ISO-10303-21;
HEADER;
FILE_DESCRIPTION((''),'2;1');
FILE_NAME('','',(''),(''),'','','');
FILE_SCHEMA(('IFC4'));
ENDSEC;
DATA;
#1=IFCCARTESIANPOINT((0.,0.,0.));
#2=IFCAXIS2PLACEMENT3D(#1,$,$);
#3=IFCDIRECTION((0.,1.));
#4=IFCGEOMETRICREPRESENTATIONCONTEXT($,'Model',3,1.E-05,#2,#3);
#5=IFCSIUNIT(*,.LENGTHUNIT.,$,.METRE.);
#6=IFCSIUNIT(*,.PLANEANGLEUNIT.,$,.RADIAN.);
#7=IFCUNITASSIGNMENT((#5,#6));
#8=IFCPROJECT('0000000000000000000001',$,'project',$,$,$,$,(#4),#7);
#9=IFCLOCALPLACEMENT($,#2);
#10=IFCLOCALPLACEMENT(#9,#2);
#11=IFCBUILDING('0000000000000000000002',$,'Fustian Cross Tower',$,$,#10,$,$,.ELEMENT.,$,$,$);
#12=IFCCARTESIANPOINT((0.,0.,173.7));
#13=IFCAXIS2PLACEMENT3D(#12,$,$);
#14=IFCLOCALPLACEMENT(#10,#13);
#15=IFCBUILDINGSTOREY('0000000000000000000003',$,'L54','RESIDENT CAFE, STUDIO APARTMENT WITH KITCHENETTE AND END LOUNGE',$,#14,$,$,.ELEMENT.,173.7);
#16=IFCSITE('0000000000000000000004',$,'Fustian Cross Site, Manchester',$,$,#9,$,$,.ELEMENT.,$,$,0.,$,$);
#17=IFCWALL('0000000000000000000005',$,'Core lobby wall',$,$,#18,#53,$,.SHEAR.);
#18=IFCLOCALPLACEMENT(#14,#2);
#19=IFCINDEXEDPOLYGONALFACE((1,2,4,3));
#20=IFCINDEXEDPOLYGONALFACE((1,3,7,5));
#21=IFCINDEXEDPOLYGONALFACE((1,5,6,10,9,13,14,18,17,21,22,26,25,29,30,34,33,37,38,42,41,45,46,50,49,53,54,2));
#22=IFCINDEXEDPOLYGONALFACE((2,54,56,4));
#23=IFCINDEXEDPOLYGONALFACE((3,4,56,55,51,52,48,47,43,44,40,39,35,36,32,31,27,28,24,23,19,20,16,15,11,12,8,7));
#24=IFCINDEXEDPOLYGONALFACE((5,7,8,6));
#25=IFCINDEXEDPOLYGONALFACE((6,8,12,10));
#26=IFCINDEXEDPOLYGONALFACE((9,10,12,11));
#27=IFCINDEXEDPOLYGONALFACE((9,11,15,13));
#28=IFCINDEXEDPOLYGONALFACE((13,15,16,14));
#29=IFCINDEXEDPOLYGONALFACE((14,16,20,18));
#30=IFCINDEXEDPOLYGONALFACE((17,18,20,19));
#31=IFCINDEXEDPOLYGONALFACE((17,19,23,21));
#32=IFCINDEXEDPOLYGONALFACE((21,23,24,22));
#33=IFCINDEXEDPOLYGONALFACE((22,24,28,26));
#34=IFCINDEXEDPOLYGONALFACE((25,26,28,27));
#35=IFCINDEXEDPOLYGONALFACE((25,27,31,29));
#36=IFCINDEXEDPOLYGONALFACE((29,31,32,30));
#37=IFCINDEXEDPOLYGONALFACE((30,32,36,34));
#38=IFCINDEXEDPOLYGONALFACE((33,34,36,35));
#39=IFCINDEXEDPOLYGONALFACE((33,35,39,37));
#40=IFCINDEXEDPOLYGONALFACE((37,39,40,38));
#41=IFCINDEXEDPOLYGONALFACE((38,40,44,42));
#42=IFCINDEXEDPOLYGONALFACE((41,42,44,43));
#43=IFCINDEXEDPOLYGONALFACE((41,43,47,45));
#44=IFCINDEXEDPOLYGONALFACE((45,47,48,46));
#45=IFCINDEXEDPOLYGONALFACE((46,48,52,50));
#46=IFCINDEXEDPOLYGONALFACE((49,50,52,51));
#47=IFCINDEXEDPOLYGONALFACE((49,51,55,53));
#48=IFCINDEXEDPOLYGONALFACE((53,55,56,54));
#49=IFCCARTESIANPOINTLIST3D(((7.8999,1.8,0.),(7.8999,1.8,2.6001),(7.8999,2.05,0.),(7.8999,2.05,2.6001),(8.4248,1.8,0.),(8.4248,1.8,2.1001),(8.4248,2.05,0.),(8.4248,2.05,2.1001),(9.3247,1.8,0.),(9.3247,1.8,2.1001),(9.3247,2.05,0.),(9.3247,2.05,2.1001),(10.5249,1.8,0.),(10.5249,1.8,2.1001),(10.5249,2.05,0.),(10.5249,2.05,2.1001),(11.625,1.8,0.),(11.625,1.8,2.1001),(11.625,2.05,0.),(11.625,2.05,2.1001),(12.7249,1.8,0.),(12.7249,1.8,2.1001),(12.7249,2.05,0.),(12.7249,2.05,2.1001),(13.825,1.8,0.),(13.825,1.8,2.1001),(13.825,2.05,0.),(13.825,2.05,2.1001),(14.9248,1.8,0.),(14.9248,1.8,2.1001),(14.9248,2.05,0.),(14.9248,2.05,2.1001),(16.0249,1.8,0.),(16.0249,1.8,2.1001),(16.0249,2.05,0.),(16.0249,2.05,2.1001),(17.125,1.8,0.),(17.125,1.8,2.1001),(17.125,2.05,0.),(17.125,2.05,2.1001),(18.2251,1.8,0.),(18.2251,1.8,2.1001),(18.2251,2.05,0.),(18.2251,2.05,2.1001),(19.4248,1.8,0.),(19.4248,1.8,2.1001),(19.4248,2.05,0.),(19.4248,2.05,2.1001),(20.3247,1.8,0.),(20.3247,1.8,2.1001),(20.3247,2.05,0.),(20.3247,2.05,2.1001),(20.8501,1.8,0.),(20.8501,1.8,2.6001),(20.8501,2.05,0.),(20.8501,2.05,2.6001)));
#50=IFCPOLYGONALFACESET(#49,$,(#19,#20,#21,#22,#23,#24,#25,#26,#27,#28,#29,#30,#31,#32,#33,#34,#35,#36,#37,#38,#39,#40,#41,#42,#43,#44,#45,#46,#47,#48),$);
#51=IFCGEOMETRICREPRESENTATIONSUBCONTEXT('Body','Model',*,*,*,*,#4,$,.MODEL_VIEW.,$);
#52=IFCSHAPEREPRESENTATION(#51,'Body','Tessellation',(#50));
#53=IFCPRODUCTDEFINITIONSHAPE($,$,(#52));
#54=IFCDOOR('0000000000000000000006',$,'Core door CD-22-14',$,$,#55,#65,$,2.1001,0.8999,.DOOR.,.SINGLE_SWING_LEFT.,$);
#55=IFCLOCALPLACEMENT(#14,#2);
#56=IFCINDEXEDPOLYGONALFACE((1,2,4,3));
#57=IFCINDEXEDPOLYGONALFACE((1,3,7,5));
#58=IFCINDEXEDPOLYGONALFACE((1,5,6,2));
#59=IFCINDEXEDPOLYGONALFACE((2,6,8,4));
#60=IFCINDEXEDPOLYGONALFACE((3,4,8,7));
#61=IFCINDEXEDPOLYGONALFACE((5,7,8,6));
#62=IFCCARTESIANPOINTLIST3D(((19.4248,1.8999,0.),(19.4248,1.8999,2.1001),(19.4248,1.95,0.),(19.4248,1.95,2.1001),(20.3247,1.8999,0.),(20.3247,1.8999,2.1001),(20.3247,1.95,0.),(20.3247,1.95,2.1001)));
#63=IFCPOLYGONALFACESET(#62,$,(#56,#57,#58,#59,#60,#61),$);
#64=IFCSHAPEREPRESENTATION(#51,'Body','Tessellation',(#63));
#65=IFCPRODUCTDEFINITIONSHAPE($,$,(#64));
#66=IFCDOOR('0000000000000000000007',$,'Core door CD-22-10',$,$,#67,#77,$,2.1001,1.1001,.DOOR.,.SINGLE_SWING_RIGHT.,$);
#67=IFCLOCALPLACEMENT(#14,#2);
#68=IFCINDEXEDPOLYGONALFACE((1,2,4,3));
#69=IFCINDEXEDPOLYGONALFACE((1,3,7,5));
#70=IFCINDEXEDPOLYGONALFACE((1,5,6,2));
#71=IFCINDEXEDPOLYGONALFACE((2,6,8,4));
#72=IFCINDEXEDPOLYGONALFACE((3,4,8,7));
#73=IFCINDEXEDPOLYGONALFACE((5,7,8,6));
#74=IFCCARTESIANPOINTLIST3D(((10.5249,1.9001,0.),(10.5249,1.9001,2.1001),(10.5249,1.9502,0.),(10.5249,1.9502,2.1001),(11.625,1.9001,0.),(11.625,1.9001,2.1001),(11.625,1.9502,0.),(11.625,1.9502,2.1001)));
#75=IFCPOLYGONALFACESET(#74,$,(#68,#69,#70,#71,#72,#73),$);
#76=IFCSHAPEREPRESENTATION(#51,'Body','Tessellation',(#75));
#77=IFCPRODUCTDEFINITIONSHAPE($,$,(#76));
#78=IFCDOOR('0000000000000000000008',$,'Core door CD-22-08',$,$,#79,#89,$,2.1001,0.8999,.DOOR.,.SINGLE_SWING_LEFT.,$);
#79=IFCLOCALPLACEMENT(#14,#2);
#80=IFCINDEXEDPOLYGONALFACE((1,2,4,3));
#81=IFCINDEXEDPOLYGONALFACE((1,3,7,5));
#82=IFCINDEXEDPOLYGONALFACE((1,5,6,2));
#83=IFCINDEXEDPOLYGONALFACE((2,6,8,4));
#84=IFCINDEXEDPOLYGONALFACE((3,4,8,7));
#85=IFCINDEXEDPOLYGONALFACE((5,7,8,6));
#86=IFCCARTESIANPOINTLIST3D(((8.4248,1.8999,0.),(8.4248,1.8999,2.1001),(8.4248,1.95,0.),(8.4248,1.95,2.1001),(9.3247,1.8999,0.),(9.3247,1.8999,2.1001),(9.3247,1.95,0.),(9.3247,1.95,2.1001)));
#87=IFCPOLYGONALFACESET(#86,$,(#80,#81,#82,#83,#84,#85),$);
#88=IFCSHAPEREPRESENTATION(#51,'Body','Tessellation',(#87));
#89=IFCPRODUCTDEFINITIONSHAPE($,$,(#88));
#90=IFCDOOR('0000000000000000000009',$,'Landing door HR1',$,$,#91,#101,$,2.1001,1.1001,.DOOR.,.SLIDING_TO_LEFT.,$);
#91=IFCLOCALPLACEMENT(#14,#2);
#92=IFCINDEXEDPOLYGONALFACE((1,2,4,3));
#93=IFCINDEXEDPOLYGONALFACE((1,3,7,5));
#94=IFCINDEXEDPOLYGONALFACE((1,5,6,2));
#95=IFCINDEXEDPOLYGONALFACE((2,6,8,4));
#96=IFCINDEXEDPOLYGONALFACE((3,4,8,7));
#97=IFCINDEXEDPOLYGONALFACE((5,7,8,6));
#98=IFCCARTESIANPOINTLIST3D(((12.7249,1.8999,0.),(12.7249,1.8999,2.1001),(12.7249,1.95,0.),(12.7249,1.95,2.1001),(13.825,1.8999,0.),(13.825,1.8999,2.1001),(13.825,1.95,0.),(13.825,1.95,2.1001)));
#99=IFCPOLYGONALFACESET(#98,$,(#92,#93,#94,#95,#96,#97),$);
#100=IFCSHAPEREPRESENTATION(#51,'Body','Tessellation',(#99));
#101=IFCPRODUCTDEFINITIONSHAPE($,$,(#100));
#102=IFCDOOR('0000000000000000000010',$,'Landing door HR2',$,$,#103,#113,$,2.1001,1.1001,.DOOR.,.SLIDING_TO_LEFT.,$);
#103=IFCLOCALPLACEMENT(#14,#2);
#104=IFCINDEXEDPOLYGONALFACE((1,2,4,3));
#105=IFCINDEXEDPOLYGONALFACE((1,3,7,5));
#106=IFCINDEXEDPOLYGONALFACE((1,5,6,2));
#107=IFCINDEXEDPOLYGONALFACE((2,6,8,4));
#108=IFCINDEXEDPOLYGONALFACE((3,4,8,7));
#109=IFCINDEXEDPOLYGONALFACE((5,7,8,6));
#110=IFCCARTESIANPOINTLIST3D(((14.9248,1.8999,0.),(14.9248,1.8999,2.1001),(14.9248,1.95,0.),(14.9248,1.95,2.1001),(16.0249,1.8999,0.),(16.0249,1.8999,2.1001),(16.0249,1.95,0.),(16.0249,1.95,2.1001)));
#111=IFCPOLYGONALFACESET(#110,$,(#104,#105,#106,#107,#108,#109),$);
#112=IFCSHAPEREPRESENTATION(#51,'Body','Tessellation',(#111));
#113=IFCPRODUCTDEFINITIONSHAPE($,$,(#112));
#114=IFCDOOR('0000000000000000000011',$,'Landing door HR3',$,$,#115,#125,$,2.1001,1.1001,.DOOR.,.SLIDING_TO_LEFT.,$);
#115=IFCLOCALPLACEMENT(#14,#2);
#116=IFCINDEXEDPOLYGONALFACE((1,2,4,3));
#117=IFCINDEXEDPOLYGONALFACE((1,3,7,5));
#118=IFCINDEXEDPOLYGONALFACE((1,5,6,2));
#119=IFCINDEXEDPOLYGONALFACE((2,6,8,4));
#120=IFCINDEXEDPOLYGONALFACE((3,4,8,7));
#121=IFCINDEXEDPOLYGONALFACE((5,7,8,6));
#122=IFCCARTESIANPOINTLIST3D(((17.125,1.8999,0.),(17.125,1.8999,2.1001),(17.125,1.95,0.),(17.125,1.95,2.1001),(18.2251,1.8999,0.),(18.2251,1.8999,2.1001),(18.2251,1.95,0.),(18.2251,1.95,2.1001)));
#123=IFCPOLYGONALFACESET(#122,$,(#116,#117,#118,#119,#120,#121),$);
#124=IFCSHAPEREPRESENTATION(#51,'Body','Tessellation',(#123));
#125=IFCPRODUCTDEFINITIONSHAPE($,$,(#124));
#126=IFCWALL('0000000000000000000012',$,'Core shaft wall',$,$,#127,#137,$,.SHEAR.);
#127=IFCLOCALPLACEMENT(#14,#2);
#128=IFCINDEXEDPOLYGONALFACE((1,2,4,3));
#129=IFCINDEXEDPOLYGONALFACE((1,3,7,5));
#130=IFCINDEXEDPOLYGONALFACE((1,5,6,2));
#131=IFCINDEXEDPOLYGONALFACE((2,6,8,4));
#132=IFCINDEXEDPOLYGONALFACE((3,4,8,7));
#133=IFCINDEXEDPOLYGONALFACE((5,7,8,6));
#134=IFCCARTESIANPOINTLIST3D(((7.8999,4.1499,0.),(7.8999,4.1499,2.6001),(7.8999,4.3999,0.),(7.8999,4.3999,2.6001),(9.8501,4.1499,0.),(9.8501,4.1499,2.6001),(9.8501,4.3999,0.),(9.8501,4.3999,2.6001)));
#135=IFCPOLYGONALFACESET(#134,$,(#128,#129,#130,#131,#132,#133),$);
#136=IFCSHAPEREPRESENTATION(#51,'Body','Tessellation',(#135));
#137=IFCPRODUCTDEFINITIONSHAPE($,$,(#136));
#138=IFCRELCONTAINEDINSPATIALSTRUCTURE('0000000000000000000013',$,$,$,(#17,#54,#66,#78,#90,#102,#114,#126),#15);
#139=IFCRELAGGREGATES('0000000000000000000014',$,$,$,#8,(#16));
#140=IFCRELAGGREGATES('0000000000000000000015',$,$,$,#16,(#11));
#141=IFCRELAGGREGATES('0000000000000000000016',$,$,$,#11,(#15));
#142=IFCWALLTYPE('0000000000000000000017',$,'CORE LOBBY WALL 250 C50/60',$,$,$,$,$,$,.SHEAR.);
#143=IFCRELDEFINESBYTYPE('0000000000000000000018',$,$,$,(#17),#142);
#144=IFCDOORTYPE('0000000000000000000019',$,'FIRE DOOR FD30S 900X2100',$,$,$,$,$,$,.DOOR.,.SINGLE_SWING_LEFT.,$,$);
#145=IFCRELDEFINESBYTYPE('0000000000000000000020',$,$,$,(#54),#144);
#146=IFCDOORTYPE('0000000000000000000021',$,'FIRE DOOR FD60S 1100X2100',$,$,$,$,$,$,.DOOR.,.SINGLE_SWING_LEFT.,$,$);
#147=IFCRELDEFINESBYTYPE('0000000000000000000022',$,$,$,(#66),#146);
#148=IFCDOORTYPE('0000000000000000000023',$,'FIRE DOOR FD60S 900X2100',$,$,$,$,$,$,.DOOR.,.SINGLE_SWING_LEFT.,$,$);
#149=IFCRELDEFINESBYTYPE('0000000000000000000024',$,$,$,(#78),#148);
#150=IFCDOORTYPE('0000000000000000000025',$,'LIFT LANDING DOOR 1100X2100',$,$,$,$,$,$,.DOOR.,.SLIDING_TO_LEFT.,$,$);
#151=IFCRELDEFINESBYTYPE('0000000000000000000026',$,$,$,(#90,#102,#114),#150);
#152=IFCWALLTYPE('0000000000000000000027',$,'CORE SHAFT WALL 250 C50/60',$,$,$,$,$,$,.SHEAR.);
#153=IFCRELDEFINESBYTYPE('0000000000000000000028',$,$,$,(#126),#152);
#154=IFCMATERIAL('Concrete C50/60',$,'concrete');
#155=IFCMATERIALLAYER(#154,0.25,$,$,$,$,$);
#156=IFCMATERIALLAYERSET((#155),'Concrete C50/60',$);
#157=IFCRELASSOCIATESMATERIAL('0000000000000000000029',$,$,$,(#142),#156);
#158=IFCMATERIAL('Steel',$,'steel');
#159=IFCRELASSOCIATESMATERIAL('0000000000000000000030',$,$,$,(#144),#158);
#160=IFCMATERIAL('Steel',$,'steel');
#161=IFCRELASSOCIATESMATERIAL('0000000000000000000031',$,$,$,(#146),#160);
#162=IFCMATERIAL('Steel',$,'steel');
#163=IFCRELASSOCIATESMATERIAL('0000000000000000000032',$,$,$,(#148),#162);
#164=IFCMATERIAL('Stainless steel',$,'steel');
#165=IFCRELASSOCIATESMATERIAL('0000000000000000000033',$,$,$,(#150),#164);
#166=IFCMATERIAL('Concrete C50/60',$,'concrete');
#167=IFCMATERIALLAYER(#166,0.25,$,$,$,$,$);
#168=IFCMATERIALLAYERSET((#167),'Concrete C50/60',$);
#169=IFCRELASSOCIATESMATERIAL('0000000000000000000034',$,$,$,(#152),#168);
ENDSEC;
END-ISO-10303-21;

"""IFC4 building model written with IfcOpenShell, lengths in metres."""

from ifc_helpers import new_model, si_unit, direction, frame, frame_2d, origin, place, context, subcontext, project, spatial, rectangle, extrude, material, layer, layer_set, type_object, element, fill, save


model = new_model("IFC4")

# Units and contexts
model_context = context("Model", 3, precision=1e-05, world=origin(), true_north=direction((0.0, 1.0)))
body_context = subcontext(model_context, "Body", "Model", "MODEL_VIEW")
ifc_project = project(units=[si_unit("LENGTHUNIT", "METRE"), si_unit("PLANEANGLEUNIT", "RADIAN")], contexts=[model_context])

# Site, building, storey
site_placement = place(None, origin())
site = spatial("IfcSite", under=ifc_project, at=site_placement, Name="Fustian Cross Site, Manchester", CompositionType="ELEMENT", RefElevation=0.0)
building_placement = place(site_placement, origin())
building = spatial("IfcBuilding", under=site, at=building_placement, Name="Fustian Cross Tower", CompositionType="ELEMENT")
storey_placement = place(building_placement, frame((0.0, 0.0, 173.7)))
storey = spatial("IfcBuildingStorey", under=building, at=storey_placement, Name="L54", Description="RESIDENT CAFE, STUDIO APARTMENT WITH KITCHENETTE AND END LOUNGE", CompositionType="ELEMENT", Elevation=173.7)

# Wall, openings, doors
ifc_material_1 = material(Name="Concrete C50/60", Category="concrete")
ifc_layer_1 = layer(ifc_material_1, 0.25)
ifc_layer_set_1 = layer_set([ifc_layer_1], Name="Concrete C50/60")
wall_type_1 = type_object("IfcWallType", Name="CORE LOBBY WALL 250 C50/60", PredefinedType="SHEAR", material=ifc_layer_set_1)
wall_1_placement = place(storey_placement, frame((7.8999, 1.925, 0.0), z_axis=(0.0, 0.0, 1.0), x_axis=(1.0, 0.0, 0.0)))
wall_1 = element("IfcWall", 1, at=wall_1_placement, inside=storey, type_object=wall_type_1, Name="Core lobby wall", PredefinedType="SHEAR", context=body_context, shape_type="SweptSolid", body=[
    extrude(rectangle(XDim=12.9502, YDim=0.25, at=frame_2d((6.4751, 0.0))), origin(), (0.0, 0.0, 1.0), 2.6001),
])
opening_1_placement = place(wall_1_placement, frame((4.825, 0.0, 0.0)))
opening_1 = element("IfcOpeningElement", 2, at=opening_1_placement, cuts=wall_1, PredefinedType="OPENING", context=body_context, shape_type="SweptSolid", body=[
    extrude(rectangle(XDim=1.1001, YDim=2.1001, at=frame_2d((0.55, 1.05))), frame((0.0, 0.135, 0.0), z_axis=(0.0, -1.0, 0.0), x_axis=(1.0, 0.0, 0.0)), (0.0, 0.0, 1.0), 0.27),
])
opening_2_placement = place(wall_1_placement, frame((7.0249, 0.0, 0.0)))
opening_2 = element("IfcOpeningElement", 3, at=opening_2_placement, cuts=wall_1, PredefinedType="OPENING", context=body_context, shape_type="SweptSolid", body=[
    extrude(rectangle(XDim=1.1001, YDim=2.1001, at=frame_2d((0.55, 1.05))), frame((0.0, 0.135, 0.0), z_axis=(0.0, -1.0, 0.0), x_axis=(1.0, 0.0, 0.0)), (0.0, 0.0, 1.0), 0.27),
])
opening_3_placement = place(wall_1_placement, frame((9.2251, 0.0, 0.0)))
opening_3 = element("IfcOpeningElement", 4, at=opening_3_placement, cuts=wall_1, PredefinedType="OPENING", context=body_context, shape_type="SweptSolid", body=[
    extrude(rectangle(XDim=1.1001, YDim=2.1001, at=frame_2d((0.55, 1.05))), frame((0.0, 0.135, 0.0), z_axis=(0.0, -1.0, 0.0), x_axis=(1.0, 0.0, 0.0)), (0.0, 0.0, 1.0), 0.27),
])
opening_4_placement = place(wall_1_placement, frame((0.5249, 0.0, 0.0)))
opening_4 = element("IfcOpeningElement", 5, at=opening_4_placement, cuts=wall_1, PredefinedType="OPENING", context=body_context, shape_type="SweptSolid", body=[
    extrude(rectangle(XDim=0.8999, YDim=2.1001, at=frame_2d((0.45, 1.05))), frame((0.0, 0.135, 0.0), z_axis=(0.0, -1.0, 0.0), x_axis=(1.0, 0.0, 0.0)), (0.0, 0.0, 1.0), 0.27),
])
opening_5_placement = place(wall_1_placement, frame((2.625, 0.0, 0.0)))
opening_5 = element("IfcOpeningElement", 6, at=opening_5_placement, cuts=wall_1, PredefinedType="OPENING", context=body_context, shape_type="SweptSolid", body=[
    extrude(rectangle(XDim=1.1001, YDim=2.1001, at=frame_2d((0.55, 1.05))), frame((0.0, 0.135, 0.0), z_axis=(0.0, -1.0, 0.0), x_axis=(1.0, 0.0, 0.0)), (0.0, 0.0, 1.0), 0.27),
])
opening_6_placement = place(wall_1_placement, frame((11.5249, 0.0, 0.0)))
opening_6 = element("IfcOpeningElement", 7, at=opening_6_placement, cuts=wall_1, PredefinedType="OPENING", context=body_context, shape_type="SweptSolid", body=[
    extrude(rectangle(XDim=0.8999, YDim=2.1001, at=frame_2d((0.45, 1.05))), frame((0.0, 0.135, 0.0), z_axis=(0.0, -1.0, 0.0), x_axis=(1.0, 0.0, 0.0)), (0.0, 0.0, 1.0), 0.27),
])
ifc_material_2 = material(Name="Steel", Category="steel")
door_type_1 = type_object("IfcDoorType", Name="FIRE DOOR FD30S 900X2100", OperationType="SINGLE_SWING_LEFT", PredefinedType="DOOR", material=ifc_material_2)
door_1_placement = place(opening_6_placement, origin())
door_1 = element("IfcDoor", 8, at=door_1_placement, inside=storey, type_object=door_type_1, Name="Core door CD-22-14", OperationType="SINGLE_SWING_LEFT", OverallHeight=2.1001, OverallWidth=0.8999, PredefinedType="DOOR", context=body_context, shape_type="SweptSolid", body=[
    extrude(rectangle(XDim=0.8999, YDim=2.1001, at=frame_2d((0.45, 1.05))), frame((0.0, 0.0249, 0.0), z_axis=(0.0, -1.0, 0.0), x_axis=(1.0, 0.0, 0.0)), (0.0, 0.0, 1.0), 0.05),
])
fill(opening_6, door_1)
ifc_material_3 = material(Name="Steel", Category="steel")
door_type_2 = type_object("IfcDoorType", Name="FIRE DOOR FD60S 1100X2100", OperationType="SINGLE_SWING_LEFT", PredefinedType="DOOR", material=ifc_material_3)
door_2_placement = place(opening_5_placement, frame((1.1001, 0.0, 0.0), z_axis=(0.0, 0.0, 1.0), x_axis=(-1.0, 0.0, 0.0)))
door_2 = element("IfcDoor", 9, at=door_2_placement, inside=storey, type_object=door_type_2, Name="Core door CD-22-10", OperationType="SINGLE_SWING_RIGHT", OverallHeight=2.1001, OverallWidth=1.1001, PredefinedType="DOOR", context=body_context, shape_type="SweptSolid", body=[
    extrude(rectangle(XDim=1.1001, YDim=2.1001, at=frame_2d((0.55, 1.05))), frame((0.0, 0.0249, 0.0), z_axis=(0.0, -1.0, 0.0), x_axis=(1.0, 0.0, 0.0)), (0.0, 0.0, 1.0), 0.05),
])
fill(opening_5, door_2)
ifc_material_4 = material(Name="Steel", Category="steel")
door_type_3 = type_object("IfcDoorType", Name="FIRE DOOR FD60S 900X2100", OperationType="SINGLE_SWING_LEFT", PredefinedType="DOOR", material=ifc_material_4)
door_3_placement = place(opening_4_placement, origin())
door_3 = element("IfcDoor", 10, at=door_3_placement, inside=storey, type_object=door_type_3, Name="Core door CD-22-08", OperationType="SINGLE_SWING_LEFT", OverallHeight=2.1001, OverallWidth=0.8999, PredefinedType="DOOR", context=body_context, shape_type="SweptSolid", body=[
    extrude(rectangle(XDim=0.8999, YDim=2.1001, at=frame_2d((0.45, 1.05))), frame((0.0, 0.0249, 0.0), z_axis=(0.0, -1.0, 0.0), x_axis=(1.0, 0.0, 0.0)), (0.0, 0.0, 1.0), 0.05),
])
fill(opening_4, door_3)
ifc_material_5 = material(Name="Stainless steel", Category="steel")
door_type_4 = type_object("IfcDoorType", Name="LIFT LANDING DOOR 1100X2100", OperationType="SLIDING_TO_LEFT", PredefinedType="DOOR", material=ifc_material_5)
door_4_placement = place(opening_1_placement, origin())
door_4 = element("IfcDoor", 11, at=door_4_placement, inside=storey, type_object=door_type_4, Name="Landing door HR1", OperationType="SLIDING_TO_LEFT", OverallHeight=2.1001, OverallWidth=1.1001, PredefinedType="DOOR", context=body_context, shape_type="SweptSolid", body=[
    extrude(rectangle(XDim=1.1001, YDim=2.1001, at=frame_2d((0.55, 1.05))), frame((0.0, 0.0249, 0.0), z_axis=(0.0, -1.0, 0.0), x_axis=(1.0, 0.0, 0.0)), (0.0, 0.0, 1.0), 0.05),
])
fill(opening_1, door_4)
door_5_placement = place(opening_2_placement, origin())
door_5 = element("IfcDoor", 12, at=door_5_placement, inside=storey, type_object=door_type_4, Name="Landing door HR2", OperationType="SLIDING_TO_LEFT", OverallHeight=2.1001, OverallWidth=1.1001, PredefinedType="DOOR", context=body_context, shape_type="SweptSolid", body=[
    extrude(rectangle(XDim=1.1001, YDim=2.1001, at=frame_2d((0.55, 1.05))), frame((0.0, 0.0249, 0.0), z_axis=(0.0, -1.0, 0.0), x_axis=(1.0, 0.0, 0.0)), (0.0, 0.0, 1.0), 0.05),
])
fill(opening_2, door_5)
door_6_placement = place(opening_3_placement, origin())
door_6 = element("IfcDoor", 13, at=door_6_placement, inside=storey, type_object=door_type_4, Name="Landing door HR3", OperationType="SLIDING_TO_LEFT", OverallHeight=2.1001, OverallWidth=1.1001, PredefinedType="DOOR", context=body_context, shape_type="SweptSolid", body=[
    extrude(rectangle(XDim=1.1001, YDim=2.1001, at=frame_2d((0.55, 1.05))), frame((0.0, 0.0249, 0.0), z_axis=(0.0, -1.0, 0.0), x_axis=(1.0, 0.0, 0.0)), (0.0, 0.0, 1.0), 0.05),
])
fill(opening_3, door_6)

# Wall
ifc_material_6 = material(Name="Concrete C50/60", Category="concrete")
ifc_layer_2 = layer(ifc_material_6, 0.25)
ifc_layer_set_2 = layer_set([ifc_layer_2], Name="Concrete C50/60")
wall_type_2 = type_object("IfcWallType", Name="CORE SHAFT WALL 250 C50/60", PredefinedType="SHEAR", material=ifc_layer_set_2)
wall_2_placement = place(storey_placement, frame((7.8999, 4.2749, 0.0), z_axis=(0.0, 0.0, 1.0), x_axis=(1.0, 0.0, 0.0)))
element("IfcWall", 14, at=wall_2_placement, inside=storey, type_object=wall_type_2, Name="Core shaft wall", PredefinedType="SHEAR", context=body_context, shape_type="SweptSolid", body=[
    extrude(rectangle(XDim=1.9502, YDim=0.25, at=frame_2d((0.9751, 0.0))), origin(), (0.0, 0.0, 1.0), 2.6001),
])

save(model, "model.ifc")
